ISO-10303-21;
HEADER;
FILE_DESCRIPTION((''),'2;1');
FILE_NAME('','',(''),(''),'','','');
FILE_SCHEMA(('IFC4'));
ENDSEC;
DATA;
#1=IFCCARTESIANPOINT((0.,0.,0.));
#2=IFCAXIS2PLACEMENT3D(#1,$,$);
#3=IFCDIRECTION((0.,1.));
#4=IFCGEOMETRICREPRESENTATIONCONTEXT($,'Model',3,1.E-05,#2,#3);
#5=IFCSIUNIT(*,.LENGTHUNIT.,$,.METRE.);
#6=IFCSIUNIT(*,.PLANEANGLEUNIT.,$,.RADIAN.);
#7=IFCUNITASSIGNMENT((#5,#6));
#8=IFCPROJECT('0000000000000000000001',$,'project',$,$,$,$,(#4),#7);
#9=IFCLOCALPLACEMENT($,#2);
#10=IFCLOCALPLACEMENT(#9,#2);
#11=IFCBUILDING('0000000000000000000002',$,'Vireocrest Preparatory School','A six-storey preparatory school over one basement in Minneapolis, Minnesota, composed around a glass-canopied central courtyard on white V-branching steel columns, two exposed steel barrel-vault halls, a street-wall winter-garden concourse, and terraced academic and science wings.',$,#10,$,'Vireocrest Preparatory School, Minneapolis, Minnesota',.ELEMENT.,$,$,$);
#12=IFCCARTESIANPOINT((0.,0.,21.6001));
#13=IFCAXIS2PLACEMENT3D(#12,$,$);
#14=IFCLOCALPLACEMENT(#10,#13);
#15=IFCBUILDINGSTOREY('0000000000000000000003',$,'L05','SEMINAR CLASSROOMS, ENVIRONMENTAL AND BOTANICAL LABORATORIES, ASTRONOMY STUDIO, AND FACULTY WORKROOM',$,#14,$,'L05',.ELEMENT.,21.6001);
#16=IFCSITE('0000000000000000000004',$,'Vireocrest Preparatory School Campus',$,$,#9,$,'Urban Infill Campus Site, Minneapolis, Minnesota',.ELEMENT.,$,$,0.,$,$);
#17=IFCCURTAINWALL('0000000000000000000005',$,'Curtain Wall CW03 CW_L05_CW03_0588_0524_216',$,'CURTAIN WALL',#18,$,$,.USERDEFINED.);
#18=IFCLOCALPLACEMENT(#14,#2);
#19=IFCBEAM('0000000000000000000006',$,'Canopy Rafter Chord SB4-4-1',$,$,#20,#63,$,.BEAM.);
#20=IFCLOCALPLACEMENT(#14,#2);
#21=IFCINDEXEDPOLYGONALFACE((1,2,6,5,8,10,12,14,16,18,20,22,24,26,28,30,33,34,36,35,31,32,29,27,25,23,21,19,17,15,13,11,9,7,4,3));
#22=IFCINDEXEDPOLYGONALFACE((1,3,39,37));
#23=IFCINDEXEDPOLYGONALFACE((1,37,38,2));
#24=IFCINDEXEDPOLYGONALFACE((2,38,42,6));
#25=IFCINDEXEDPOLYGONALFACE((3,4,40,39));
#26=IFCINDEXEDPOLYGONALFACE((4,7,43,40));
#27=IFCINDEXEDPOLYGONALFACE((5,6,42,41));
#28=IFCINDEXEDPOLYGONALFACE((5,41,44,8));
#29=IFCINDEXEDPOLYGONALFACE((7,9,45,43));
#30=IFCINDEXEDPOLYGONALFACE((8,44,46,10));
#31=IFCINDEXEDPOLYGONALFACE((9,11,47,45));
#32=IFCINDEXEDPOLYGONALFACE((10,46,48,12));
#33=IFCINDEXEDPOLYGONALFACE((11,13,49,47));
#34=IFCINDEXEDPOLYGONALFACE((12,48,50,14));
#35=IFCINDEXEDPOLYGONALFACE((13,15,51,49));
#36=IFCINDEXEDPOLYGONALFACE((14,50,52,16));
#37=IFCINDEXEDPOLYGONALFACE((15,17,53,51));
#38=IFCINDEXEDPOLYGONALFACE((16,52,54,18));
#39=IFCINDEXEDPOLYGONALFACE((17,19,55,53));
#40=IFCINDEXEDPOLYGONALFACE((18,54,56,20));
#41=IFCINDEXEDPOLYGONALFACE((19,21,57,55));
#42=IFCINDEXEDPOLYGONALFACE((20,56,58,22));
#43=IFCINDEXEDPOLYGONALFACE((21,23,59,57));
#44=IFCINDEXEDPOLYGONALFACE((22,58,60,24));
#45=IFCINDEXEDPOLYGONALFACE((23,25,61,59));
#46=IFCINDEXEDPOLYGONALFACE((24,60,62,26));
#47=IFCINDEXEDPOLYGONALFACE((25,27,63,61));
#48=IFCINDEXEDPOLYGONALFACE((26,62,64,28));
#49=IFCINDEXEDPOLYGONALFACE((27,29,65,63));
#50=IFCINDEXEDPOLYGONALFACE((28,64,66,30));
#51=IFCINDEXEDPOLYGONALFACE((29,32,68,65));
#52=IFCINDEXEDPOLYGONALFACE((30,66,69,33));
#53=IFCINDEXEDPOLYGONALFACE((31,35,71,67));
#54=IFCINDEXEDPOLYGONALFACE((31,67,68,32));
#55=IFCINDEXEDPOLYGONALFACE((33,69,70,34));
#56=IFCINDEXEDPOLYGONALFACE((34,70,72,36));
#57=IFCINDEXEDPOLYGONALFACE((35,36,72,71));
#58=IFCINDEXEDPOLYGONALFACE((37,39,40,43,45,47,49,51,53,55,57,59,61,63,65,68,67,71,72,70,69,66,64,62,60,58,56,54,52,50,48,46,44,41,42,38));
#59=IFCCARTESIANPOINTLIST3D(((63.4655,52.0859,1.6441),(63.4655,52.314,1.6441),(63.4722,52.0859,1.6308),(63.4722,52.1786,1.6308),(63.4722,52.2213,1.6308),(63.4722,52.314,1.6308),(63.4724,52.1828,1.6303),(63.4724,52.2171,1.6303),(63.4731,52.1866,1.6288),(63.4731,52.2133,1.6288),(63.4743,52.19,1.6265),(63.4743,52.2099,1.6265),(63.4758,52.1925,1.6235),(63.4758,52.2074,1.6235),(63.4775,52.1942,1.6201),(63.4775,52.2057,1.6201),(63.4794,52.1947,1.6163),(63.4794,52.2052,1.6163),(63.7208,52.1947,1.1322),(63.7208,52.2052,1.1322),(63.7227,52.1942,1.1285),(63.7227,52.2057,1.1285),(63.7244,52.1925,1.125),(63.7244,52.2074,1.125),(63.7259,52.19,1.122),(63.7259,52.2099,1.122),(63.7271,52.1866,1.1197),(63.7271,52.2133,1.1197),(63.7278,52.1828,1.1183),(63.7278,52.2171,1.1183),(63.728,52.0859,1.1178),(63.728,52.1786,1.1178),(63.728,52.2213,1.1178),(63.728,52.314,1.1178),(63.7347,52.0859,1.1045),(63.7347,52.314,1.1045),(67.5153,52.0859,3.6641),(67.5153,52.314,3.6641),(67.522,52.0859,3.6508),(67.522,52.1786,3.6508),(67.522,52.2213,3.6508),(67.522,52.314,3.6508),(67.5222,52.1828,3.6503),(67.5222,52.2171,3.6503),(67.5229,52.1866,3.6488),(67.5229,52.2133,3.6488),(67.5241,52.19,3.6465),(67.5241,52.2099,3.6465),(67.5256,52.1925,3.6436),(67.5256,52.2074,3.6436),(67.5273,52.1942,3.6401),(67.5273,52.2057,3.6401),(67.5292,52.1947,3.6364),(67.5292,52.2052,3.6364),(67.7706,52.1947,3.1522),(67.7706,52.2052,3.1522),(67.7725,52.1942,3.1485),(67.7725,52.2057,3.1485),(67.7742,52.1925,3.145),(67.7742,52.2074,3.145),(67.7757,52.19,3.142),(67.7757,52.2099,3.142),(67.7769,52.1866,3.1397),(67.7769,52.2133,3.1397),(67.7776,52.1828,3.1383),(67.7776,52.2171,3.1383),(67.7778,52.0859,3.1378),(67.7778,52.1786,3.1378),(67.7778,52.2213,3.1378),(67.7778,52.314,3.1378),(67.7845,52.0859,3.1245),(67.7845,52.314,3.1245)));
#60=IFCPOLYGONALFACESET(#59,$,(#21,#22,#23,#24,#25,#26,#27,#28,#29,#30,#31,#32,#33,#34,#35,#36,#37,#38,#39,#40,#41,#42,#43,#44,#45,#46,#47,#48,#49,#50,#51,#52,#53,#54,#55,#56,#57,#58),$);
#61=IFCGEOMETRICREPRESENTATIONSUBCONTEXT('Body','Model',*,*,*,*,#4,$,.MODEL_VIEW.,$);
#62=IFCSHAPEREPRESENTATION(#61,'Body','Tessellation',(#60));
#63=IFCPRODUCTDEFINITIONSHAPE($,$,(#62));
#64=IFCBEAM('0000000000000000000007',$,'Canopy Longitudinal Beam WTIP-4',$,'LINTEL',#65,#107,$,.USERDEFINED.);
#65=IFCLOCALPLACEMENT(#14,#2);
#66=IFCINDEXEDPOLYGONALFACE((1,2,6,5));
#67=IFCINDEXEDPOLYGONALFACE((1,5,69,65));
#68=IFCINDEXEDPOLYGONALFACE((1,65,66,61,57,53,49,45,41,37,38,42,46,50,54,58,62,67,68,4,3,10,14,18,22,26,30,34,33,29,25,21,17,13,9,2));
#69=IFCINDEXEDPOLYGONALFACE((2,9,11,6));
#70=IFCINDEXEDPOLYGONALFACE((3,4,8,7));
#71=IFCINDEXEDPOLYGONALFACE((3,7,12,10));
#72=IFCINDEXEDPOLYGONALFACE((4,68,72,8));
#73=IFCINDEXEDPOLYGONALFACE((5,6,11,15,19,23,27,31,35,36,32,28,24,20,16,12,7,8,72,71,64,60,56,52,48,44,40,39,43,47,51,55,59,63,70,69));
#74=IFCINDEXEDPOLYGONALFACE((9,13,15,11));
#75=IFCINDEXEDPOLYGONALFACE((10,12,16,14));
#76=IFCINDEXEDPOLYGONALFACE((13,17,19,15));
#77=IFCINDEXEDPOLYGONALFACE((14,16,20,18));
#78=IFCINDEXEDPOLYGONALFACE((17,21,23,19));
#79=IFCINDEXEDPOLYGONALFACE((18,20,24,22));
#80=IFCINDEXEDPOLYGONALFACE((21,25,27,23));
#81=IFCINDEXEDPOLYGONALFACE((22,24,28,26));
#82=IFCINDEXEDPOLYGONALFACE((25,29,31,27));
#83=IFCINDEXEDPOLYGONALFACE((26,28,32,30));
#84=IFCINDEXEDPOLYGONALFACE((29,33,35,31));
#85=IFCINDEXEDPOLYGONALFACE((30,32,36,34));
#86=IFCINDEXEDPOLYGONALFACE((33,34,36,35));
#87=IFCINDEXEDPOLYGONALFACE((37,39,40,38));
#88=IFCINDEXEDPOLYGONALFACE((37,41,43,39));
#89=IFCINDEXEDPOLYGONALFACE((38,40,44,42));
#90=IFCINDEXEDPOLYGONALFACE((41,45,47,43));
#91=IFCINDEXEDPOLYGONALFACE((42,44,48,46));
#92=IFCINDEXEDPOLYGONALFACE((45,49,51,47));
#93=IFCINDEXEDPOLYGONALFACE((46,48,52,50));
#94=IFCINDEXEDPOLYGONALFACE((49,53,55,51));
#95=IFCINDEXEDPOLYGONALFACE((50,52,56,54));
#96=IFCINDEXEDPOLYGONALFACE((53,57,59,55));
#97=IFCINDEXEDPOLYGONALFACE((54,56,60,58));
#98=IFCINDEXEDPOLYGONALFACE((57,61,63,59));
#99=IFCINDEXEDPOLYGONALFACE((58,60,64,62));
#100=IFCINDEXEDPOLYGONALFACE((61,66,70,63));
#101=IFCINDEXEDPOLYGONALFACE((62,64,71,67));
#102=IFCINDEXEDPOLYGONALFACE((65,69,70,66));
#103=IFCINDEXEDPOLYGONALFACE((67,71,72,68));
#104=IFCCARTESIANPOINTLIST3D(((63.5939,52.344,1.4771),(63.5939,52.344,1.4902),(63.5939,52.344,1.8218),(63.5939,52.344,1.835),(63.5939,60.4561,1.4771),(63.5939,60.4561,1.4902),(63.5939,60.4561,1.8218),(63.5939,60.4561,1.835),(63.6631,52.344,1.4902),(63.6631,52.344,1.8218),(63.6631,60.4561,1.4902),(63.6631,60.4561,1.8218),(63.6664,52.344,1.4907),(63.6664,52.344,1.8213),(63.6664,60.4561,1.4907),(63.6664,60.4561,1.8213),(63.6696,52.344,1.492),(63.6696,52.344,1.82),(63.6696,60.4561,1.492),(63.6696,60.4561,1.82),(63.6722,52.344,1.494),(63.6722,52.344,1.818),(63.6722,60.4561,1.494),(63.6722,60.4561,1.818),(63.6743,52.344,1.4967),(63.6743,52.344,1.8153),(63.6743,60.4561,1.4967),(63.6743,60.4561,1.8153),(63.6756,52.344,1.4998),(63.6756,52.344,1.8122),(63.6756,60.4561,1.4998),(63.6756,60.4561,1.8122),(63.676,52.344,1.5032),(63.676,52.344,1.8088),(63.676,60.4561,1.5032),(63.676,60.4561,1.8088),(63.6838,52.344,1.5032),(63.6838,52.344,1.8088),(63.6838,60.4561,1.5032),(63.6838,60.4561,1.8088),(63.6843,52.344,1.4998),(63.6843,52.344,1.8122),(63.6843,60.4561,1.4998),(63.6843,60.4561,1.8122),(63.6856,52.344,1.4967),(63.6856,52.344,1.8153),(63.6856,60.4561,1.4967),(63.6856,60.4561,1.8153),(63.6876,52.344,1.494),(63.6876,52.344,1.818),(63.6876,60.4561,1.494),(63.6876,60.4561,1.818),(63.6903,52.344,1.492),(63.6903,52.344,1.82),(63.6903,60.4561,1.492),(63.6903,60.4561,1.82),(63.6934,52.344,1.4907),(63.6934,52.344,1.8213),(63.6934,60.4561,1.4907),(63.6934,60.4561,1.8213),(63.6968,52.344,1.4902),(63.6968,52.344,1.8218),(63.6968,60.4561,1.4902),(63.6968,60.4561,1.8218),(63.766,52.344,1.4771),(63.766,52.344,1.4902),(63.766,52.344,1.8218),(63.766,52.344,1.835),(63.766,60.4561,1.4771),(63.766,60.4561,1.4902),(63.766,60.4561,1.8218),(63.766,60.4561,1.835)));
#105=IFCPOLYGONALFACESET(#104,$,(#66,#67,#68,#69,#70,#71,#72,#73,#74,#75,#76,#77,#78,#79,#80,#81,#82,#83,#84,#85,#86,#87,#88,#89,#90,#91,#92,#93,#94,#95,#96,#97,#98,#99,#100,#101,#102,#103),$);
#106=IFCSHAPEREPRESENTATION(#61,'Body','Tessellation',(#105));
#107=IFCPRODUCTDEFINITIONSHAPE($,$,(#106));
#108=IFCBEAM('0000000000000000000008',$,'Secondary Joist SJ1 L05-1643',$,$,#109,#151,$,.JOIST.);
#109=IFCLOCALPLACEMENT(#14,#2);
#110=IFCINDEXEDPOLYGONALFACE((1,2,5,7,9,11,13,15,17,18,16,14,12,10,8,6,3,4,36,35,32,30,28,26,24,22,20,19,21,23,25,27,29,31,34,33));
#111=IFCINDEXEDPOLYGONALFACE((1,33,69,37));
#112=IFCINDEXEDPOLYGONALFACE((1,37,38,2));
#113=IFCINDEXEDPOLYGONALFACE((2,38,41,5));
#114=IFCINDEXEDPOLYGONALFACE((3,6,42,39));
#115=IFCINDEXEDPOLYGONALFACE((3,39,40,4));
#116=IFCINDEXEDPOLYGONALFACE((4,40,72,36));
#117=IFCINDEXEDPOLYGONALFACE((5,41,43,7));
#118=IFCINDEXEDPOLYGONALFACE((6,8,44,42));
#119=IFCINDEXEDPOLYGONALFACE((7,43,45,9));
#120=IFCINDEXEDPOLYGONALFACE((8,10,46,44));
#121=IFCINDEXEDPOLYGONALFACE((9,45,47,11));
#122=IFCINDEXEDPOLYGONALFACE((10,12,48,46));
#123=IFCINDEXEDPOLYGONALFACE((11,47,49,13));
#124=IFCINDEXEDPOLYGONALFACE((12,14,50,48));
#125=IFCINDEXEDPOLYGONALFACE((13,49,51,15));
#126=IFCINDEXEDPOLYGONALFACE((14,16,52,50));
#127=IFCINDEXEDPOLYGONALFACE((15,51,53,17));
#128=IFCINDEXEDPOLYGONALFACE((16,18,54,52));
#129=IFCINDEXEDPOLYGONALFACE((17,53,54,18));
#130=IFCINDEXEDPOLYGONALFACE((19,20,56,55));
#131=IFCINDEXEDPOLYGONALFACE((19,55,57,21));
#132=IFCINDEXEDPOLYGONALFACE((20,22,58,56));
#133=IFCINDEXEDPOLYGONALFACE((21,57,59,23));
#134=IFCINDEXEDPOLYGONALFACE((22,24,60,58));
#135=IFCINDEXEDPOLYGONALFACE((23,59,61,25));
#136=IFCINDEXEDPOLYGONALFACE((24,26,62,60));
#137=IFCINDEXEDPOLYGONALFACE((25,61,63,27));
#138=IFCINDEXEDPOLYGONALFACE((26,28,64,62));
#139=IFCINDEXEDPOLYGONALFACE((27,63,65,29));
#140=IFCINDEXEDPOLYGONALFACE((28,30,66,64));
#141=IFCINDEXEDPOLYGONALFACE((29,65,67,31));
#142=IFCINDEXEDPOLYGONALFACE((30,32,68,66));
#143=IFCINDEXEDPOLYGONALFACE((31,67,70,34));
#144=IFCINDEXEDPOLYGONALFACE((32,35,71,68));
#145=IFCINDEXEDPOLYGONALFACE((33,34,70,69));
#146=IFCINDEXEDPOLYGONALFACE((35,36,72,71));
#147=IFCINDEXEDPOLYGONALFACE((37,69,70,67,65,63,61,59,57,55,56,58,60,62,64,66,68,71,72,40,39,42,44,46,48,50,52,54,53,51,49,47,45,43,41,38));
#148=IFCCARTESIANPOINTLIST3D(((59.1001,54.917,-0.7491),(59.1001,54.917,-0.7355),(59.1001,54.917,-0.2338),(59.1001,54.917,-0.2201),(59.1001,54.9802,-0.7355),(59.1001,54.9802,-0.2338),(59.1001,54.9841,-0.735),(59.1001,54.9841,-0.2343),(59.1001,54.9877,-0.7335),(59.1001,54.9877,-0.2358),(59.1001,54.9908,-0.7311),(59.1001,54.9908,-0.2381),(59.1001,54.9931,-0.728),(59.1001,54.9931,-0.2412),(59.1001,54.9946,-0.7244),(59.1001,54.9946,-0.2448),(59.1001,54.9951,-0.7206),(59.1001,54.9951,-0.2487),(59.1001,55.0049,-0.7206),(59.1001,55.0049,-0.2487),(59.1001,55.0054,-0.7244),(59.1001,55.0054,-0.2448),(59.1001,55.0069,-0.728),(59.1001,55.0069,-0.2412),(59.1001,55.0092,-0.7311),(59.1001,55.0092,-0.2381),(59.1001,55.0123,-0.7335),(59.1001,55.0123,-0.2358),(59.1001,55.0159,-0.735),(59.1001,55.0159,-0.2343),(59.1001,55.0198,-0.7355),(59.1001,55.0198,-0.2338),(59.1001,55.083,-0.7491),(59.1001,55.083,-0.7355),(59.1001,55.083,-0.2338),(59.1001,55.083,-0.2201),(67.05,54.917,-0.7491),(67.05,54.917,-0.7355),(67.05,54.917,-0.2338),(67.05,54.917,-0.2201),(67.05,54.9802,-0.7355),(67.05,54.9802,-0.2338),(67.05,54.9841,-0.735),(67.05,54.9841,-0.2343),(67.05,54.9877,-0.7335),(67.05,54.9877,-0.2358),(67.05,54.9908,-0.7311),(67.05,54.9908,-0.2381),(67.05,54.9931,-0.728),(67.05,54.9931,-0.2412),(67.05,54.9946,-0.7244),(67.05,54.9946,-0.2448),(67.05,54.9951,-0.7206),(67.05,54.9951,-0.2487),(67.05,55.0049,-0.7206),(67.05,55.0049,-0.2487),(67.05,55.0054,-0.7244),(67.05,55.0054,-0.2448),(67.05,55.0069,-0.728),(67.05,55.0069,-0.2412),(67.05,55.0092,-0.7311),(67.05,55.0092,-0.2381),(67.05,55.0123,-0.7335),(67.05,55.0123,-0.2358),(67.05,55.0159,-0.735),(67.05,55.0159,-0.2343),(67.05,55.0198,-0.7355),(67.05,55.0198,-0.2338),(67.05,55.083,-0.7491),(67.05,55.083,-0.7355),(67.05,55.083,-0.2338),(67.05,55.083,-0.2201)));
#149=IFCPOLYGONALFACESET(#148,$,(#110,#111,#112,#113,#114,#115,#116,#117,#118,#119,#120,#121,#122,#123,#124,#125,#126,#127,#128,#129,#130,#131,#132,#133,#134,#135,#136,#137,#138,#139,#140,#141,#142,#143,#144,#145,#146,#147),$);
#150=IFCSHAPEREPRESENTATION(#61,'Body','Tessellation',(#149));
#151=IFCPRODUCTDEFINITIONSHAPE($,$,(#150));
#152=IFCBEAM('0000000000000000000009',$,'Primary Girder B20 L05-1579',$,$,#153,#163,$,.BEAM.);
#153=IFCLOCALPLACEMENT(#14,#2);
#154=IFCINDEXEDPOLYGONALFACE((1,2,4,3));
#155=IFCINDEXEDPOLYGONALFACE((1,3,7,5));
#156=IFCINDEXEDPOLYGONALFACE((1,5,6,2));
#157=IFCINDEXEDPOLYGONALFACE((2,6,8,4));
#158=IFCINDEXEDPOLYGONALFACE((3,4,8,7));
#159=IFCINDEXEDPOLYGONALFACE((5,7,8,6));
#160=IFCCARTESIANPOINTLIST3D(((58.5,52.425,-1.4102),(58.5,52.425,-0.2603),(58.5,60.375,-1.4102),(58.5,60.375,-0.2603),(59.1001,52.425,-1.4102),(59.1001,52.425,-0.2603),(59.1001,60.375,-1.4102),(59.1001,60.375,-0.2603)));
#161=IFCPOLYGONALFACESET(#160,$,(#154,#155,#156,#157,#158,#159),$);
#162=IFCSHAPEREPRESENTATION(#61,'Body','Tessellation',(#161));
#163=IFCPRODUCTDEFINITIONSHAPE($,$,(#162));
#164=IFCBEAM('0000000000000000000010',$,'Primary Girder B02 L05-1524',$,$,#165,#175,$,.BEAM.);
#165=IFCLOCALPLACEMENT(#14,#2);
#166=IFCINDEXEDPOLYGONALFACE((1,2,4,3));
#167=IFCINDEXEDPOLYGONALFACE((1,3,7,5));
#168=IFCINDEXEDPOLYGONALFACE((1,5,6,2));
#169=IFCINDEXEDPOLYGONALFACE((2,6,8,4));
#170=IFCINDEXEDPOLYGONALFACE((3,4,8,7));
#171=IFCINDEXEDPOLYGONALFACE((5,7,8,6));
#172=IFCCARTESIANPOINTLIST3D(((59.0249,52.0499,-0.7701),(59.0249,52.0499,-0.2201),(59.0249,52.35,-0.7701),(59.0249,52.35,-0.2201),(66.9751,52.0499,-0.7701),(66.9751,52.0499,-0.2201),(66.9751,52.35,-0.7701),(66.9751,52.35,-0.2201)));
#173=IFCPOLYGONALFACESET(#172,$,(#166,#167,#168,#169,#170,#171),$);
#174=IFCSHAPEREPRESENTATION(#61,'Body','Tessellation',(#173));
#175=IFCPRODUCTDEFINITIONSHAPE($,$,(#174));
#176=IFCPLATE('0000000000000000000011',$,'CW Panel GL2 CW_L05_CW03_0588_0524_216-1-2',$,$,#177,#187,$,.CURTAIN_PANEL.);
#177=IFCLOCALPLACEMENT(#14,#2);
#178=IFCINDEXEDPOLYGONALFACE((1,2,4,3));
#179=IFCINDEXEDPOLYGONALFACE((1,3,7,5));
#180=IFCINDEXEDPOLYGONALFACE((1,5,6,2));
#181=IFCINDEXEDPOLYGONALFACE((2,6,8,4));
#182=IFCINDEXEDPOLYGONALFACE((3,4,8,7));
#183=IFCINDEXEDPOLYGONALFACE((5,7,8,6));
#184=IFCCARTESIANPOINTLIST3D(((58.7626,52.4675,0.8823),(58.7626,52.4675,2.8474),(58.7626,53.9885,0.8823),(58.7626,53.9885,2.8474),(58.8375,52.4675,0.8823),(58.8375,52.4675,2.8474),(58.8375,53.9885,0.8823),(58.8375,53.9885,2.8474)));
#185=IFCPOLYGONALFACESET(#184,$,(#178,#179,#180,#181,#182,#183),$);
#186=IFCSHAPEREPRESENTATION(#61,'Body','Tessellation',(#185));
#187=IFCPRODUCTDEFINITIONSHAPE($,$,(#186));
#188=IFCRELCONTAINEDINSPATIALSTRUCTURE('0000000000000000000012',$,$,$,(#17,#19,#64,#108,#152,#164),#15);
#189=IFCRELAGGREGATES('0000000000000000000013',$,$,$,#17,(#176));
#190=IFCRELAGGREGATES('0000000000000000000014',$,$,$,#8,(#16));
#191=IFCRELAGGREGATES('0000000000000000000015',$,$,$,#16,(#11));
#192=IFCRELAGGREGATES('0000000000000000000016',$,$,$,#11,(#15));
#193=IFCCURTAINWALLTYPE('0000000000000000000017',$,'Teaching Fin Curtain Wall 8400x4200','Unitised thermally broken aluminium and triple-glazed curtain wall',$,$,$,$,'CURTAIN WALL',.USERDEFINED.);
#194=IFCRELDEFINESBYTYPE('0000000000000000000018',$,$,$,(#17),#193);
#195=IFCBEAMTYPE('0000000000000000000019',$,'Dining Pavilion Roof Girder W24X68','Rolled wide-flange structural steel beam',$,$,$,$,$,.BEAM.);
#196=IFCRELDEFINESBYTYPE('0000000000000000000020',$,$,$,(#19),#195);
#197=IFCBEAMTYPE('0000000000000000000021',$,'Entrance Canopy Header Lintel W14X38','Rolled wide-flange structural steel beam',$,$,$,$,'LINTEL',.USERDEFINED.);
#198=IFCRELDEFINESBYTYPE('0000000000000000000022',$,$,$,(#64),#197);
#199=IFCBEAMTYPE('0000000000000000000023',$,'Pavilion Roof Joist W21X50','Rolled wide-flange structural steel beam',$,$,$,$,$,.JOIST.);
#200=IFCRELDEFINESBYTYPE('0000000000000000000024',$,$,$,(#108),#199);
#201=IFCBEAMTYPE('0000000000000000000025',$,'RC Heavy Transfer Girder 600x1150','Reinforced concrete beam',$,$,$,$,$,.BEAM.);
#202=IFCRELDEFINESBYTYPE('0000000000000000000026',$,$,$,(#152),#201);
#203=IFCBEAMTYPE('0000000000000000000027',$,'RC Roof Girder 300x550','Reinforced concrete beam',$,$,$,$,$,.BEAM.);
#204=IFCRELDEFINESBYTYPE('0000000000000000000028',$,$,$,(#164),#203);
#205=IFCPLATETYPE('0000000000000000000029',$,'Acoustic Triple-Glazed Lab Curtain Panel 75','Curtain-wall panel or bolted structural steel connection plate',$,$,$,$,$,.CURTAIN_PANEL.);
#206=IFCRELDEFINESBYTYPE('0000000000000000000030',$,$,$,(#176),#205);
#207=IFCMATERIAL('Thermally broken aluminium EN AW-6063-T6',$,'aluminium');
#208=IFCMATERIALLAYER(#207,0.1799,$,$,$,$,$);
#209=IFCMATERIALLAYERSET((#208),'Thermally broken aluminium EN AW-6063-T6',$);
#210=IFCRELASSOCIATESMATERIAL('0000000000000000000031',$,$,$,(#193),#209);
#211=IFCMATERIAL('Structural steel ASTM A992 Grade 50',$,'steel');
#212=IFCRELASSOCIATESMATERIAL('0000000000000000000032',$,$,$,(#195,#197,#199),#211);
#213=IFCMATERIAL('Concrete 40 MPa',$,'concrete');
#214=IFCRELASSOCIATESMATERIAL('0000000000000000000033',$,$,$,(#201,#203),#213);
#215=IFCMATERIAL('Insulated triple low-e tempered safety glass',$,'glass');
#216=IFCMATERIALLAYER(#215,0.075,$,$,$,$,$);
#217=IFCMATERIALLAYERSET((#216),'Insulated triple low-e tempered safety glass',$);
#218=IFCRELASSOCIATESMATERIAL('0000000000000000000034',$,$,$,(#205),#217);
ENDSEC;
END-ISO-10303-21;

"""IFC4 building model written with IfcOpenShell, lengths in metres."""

from ifc_helpers import new_model, si_unit, direction, frame, origin, origin_2d, place, context, subcontext, project, spatial, rectangle, i_section, extrude, material, layer, layer_set, material_profile, profile_set, type_object, element, aggregate, save


model = new_model("IFC4")

# Units and contexts
model_context = context("Model", 3, precision=1e-05, world=origin(), true_north=direction((0.0, 1.0)))
body_context = subcontext(model_context, "Body", "Model", "MODEL_VIEW")
ifc_project = project(units=[si_unit("LENGTHUNIT", "METRE"), si_unit("PLANEANGLEUNIT", "RADIAN")], contexts=[model_context])

# Site, building, storey
site_placement = place(None, origin())
site = spatial("IfcSite", under=ifc_project, at=site_placement, Name="Vireocrest Preparatory School Campus", LongName="Urban Infill Campus Site, Minneapolis, Minnesota", CompositionType="ELEMENT", RefElevation=0.0)
building_placement = place(site_placement, origin())
building = spatial("IfcBuilding", under=site, at=building_placement, Name="Vireocrest Preparatory School", Description="A six-storey preparatory school over one basement in Minneapolis, Minnesota, composed around a glass-canopied central courtyard on white V-branching steel columns, two exposed steel barrel-vault halls, a street-wall winter-garden concourse, and terraced academic and science wings.", LongName="Vireocrest Preparatory School, Minneapolis, Minnesota", CompositionType="ELEMENT")
storey_placement = place(building_placement, frame((0.0, 0.0, 21.6001)))
storey = spatial("IfcBuildingStorey", under=building, at=storey_placement, Name="L05", Description="SEMINAR CLASSROOMS, ENVIRONMENTAL AND BOTANICAL LABORATORIES, ASTRONOMY STUDIO, AND FACULTY WORKROOM", LongName="L05", CompositionType="ELEMENT", Elevation=21.6001)

# Curtain wall
ifc_material_1 = material(Name="Thermally broken aluminium EN AW-6063-T6", Category="aluminium")
ifc_layer_1 = layer(ifc_material_1, 0.1799)
ifc_layer_set_1 = layer_set([ifc_layer_1], Name="Thermally broken aluminium EN AW-6063-T6")
curtain_wall_type = type_object("IfcCurtainWallType", Name="Teaching Fin Curtain Wall 8400x4200", Description="Unitised thermally broken aluminium and triple-glazed curtain wall", ElementType="CURTAIN WALL", PredefinedType="USERDEFINED", material=ifc_layer_set_1)
curtain_wall_placement = place(storey_placement, origin())
curtain_wall = element("IfcCurtainWall", 1, at=curtain_wall_placement, inside=storey, type_object=curtain_wall_type, Name="Curtain Wall CW03 CW_L05_CW03_0588_0524_216", ObjectType="CURTAIN WALL", PredefinedType="USERDEFINED")

# Beams
ifc_material_2 = material(Name="Structural steel ASTM A992 Grade 50", Category="steel")
ifc_material_profile_1 = material_profile(ifc_material_2, i_section(OverallWidth=0.228, OverallDepth=0.603, WebThickness=0.0105, FlangeThickness=0.0149, FilletRadius=0.0161, at=origin_2d()), Name="W24X68")
ifc_profile_set_1 = profile_set([ifc_material_profile_1], Name="Structural steel ASTM A992 Grade 50")
beam_type_1 = type_object("IfcBeamType", Name="Dining Pavilion Roof Girder W24X68", Description="Rolled wide-flange structural steel beam", PredefinedType="BEAM", material=ifc_profile_set_1)
beam_1_placement = place(storey_placement, frame((63.6001, 52.2, 1.3743), z_axis=(0.894858, 0.0, 0.44635), x_axis=(0.0, 1.0, 0.0)))
element("IfcBeam", 2, at=beam_1_placement, inside=storey, type_object=beam_type_1, Name="Canopy Rafter Chord SB4-4-1", PredefinedType="BEAM", context=body_context, shape_type="SweptSolid", body=[
    extrude(i_section(OverallWidth=0.228, OverallDepth=0.603, WebThickness=0.0105, FlangeThickness=0.0149, FilletRadius=0.0161, at=origin_2d()), origin(), (0.0, 0.0, 1.0), 4.5256),
])
ifc_material_profile_2 = material_profile(ifc_material_2, i_section(OverallWidth=0.1721, OverallDepth=0.3579, WebThickness=0.0078, FlangeThickness=0.0132, FilletRadius=0.0129, at=origin_2d()), Name="W14X38")
ifc_profile_set_2 = profile_set([ifc_material_profile_2], Name="Structural steel ASTM A992 Grade 50")
beam_type_2 = type_object("IfcBeamType", Name="Entrance Canopy Header Lintel W14X38", Description="Rolled wide-flange structural steel beam", ElementType="LINTEL", PredefinedType="USERDEFINED", material=ifc_profile_set_2)
beam_2_placement = place(storey_placement, frame((63.6799, 52.344, 1.656), z_axis=(0.0, 1.0, 0.0), x_axis=(-1.0, 0.0, 0.0)))
element("IfcBeam", 3, at=beam_2_placement, inside=storey, type_object=beam_type_2, Name="Canopy Longitudinal Beam WTIP-4", ObjectType="LINTEL", PredefinedType="USERDEFINED", context=body_context, shape_type="SweptSolid", body=[
    extrude(i_section(OverallWidth=0.1721, OverallDepth=0.3579, WebThickness=0.0078, FlangeThickness=0.0132, FilletRadius=0.0129, at=origin_2d()), origin(), (0.0, 0.0, 1.0), 8.1121),
])
ifc_material_profile_3 = material_profile(ifc_material_2, i_section(OverallWidth=0.166, OverallDepth=0.5291, WebThickness=0.0098, FlangeThickness=0.0137, FilletRadius=0.0149, at=origin_2d()), Name="W21X50")
ifc_profile_set_3 = profile_set([ifc_material_profile_3], Name="Structural steel ASTM A992 Grade 50")
beam_type_3 = type_object("IfcBeamType", Name="Pavilion Roof Joist W21X50", Description="Rolled wide-flange structural steel beam", PredefinedType="JOIST", material=ifc_profile_set_3)
beam_3_placement = place(storey_placement, frame((59.1001, 55.0, -0.4846), z_axis=(1.0, 0.0, 0.0), x_axis=(0.0, 1.0, 0.0)))
element("IfcBeam", 4, at=beam_3_placement, inside=storey, type_object=beam_type_3, Name="Secondary Joist SJ1 L05-1643", PredefinedType="JOIST", context=body_context, shape_type="SweptSolid", body=[
    extrude(i_section(OverallWidth=0.166, OverallDepth=0.5291, WebThickness=0.0098, FlangeThickness=0.0137, FilletRadius=0.0149, at=origin_2d()), origin(), (0.0, 0.0, 1.0), 7.95),
])
ifc_material_3 = material(Name="Concrete 40 MPa", Category="concrete")
ifc_material_profile_4 = material_profile(ifc_material_3, rectangle(XDim=0.6001, YDim=1.1499, at=origin_2d()), Name="RC 600x1150")
ifc_profile_set_4 = profile_set([ifc_material_profile_4], Name="Concrete 40 MPa")
beam_type_4 = type_object("IfcBeamType", Name="RC Heavy Transfer Girder 600x1150", Description="Reinforced concrete beam", PredefinedType="BEAM", material=ifc_profile_set_4)
beam_4_placement = place(storey_placement, frame((58.8, 52.425, -0.8352), z_axis=(0.0, 1.0, 0.0), x_axis=(-1.0, 0.0, 0.0)))
element("IfcBeam", 5, at=beam_4_placement, inside=storey, type_object=beam_type_4, Name="Primary Girder B20 L05-1579", PredefinedType="BEAM", context=body_context, shape_type="SweptSolid", body=[
    extrude(rectangle(XDim=0.6001, YDim=1.1499, at=origin_2d()), origin(), (0.0, 0.0, 1.0), 7.95),
])
ifc_material_profile_5 = material_profile(ifc_material_3, rectangle(XDim=0.3, YDim=0.55, at=origin_2d()), Name="RC 300x550")
ifc_profile_set_5 = profile_set([ifc_material_profile_5], Name="Concrete 40 MPa")
beam_type_5 = type_object("IfcBeamType", Name="RC Roof Girder 300x550", Description="Reinforced concrete beam", PredefinedType="BEAM", material=ifc_profile_set_5)
beam_5_placement = place(storey_placement, frame((59.0249, 52.2, -0.4951), z_axis=(1.0, 0.0, 0.0), x_axis=(0.0, 1.0, 0.0)))
element("IfcBeam", 6, at=beam_5_placement, inside=storey, type_object=beam_type_5, Name="Primary Girder B02 L05-1524", PredefinedType="BEAM", context=body_context, shape_type="SweptSolid", body=[
    extrude(rectangle(XDim=0.3, YDim=0.55, at=origin_2d()), origin(), (0.0, 0.0, 1.0), 7.9502),
])

# Plate
ifc_material_4 = material(Name="Insulated triple low-e tempered safety glass", Category="glass")
ifc_layer_2 = layer(ifc_material_4, 0.075)
ifc_layer_set_2 = layer_set([ifc_layer_2], Name="Insulated triple low-e tempered safety glass")
plate_type_1 = type_object("IfcPlateType", Name="Acoustic Triple-Glazed Lab Curtain Panel 75", Description="Curtain-wall panel or bolted structural steel connection plate", PredefinedType="CURTAIN_PANEL", material=ifc_layer_set_2)
plate_1_placement = place(storey_placement, frame((58.8, 53.228, 0.8823), z_axis=(0.0, 0.0, 1.0), x_axis=(0.0, 1.0, 0.0)))
plate_1 = element("IfcPlate", 7, at=plate_1_placement, type_object=plate_type_1, Name="CW Panel GL2 CW_L05_CW03_0588_0524_216-1-2", PredefinedType="CURTAIN_PANEL", context=body_context, shape_type="SweptSolid", body=[
    extrude(rectangle(XDim=1.521, YDim=0.075, at=origin_2d()), origin(), (0.0, 0.0, 1.0), 1.9651),
])
aggregate(curtain_wall, [plate_1])

save(model, "model.ifc")
